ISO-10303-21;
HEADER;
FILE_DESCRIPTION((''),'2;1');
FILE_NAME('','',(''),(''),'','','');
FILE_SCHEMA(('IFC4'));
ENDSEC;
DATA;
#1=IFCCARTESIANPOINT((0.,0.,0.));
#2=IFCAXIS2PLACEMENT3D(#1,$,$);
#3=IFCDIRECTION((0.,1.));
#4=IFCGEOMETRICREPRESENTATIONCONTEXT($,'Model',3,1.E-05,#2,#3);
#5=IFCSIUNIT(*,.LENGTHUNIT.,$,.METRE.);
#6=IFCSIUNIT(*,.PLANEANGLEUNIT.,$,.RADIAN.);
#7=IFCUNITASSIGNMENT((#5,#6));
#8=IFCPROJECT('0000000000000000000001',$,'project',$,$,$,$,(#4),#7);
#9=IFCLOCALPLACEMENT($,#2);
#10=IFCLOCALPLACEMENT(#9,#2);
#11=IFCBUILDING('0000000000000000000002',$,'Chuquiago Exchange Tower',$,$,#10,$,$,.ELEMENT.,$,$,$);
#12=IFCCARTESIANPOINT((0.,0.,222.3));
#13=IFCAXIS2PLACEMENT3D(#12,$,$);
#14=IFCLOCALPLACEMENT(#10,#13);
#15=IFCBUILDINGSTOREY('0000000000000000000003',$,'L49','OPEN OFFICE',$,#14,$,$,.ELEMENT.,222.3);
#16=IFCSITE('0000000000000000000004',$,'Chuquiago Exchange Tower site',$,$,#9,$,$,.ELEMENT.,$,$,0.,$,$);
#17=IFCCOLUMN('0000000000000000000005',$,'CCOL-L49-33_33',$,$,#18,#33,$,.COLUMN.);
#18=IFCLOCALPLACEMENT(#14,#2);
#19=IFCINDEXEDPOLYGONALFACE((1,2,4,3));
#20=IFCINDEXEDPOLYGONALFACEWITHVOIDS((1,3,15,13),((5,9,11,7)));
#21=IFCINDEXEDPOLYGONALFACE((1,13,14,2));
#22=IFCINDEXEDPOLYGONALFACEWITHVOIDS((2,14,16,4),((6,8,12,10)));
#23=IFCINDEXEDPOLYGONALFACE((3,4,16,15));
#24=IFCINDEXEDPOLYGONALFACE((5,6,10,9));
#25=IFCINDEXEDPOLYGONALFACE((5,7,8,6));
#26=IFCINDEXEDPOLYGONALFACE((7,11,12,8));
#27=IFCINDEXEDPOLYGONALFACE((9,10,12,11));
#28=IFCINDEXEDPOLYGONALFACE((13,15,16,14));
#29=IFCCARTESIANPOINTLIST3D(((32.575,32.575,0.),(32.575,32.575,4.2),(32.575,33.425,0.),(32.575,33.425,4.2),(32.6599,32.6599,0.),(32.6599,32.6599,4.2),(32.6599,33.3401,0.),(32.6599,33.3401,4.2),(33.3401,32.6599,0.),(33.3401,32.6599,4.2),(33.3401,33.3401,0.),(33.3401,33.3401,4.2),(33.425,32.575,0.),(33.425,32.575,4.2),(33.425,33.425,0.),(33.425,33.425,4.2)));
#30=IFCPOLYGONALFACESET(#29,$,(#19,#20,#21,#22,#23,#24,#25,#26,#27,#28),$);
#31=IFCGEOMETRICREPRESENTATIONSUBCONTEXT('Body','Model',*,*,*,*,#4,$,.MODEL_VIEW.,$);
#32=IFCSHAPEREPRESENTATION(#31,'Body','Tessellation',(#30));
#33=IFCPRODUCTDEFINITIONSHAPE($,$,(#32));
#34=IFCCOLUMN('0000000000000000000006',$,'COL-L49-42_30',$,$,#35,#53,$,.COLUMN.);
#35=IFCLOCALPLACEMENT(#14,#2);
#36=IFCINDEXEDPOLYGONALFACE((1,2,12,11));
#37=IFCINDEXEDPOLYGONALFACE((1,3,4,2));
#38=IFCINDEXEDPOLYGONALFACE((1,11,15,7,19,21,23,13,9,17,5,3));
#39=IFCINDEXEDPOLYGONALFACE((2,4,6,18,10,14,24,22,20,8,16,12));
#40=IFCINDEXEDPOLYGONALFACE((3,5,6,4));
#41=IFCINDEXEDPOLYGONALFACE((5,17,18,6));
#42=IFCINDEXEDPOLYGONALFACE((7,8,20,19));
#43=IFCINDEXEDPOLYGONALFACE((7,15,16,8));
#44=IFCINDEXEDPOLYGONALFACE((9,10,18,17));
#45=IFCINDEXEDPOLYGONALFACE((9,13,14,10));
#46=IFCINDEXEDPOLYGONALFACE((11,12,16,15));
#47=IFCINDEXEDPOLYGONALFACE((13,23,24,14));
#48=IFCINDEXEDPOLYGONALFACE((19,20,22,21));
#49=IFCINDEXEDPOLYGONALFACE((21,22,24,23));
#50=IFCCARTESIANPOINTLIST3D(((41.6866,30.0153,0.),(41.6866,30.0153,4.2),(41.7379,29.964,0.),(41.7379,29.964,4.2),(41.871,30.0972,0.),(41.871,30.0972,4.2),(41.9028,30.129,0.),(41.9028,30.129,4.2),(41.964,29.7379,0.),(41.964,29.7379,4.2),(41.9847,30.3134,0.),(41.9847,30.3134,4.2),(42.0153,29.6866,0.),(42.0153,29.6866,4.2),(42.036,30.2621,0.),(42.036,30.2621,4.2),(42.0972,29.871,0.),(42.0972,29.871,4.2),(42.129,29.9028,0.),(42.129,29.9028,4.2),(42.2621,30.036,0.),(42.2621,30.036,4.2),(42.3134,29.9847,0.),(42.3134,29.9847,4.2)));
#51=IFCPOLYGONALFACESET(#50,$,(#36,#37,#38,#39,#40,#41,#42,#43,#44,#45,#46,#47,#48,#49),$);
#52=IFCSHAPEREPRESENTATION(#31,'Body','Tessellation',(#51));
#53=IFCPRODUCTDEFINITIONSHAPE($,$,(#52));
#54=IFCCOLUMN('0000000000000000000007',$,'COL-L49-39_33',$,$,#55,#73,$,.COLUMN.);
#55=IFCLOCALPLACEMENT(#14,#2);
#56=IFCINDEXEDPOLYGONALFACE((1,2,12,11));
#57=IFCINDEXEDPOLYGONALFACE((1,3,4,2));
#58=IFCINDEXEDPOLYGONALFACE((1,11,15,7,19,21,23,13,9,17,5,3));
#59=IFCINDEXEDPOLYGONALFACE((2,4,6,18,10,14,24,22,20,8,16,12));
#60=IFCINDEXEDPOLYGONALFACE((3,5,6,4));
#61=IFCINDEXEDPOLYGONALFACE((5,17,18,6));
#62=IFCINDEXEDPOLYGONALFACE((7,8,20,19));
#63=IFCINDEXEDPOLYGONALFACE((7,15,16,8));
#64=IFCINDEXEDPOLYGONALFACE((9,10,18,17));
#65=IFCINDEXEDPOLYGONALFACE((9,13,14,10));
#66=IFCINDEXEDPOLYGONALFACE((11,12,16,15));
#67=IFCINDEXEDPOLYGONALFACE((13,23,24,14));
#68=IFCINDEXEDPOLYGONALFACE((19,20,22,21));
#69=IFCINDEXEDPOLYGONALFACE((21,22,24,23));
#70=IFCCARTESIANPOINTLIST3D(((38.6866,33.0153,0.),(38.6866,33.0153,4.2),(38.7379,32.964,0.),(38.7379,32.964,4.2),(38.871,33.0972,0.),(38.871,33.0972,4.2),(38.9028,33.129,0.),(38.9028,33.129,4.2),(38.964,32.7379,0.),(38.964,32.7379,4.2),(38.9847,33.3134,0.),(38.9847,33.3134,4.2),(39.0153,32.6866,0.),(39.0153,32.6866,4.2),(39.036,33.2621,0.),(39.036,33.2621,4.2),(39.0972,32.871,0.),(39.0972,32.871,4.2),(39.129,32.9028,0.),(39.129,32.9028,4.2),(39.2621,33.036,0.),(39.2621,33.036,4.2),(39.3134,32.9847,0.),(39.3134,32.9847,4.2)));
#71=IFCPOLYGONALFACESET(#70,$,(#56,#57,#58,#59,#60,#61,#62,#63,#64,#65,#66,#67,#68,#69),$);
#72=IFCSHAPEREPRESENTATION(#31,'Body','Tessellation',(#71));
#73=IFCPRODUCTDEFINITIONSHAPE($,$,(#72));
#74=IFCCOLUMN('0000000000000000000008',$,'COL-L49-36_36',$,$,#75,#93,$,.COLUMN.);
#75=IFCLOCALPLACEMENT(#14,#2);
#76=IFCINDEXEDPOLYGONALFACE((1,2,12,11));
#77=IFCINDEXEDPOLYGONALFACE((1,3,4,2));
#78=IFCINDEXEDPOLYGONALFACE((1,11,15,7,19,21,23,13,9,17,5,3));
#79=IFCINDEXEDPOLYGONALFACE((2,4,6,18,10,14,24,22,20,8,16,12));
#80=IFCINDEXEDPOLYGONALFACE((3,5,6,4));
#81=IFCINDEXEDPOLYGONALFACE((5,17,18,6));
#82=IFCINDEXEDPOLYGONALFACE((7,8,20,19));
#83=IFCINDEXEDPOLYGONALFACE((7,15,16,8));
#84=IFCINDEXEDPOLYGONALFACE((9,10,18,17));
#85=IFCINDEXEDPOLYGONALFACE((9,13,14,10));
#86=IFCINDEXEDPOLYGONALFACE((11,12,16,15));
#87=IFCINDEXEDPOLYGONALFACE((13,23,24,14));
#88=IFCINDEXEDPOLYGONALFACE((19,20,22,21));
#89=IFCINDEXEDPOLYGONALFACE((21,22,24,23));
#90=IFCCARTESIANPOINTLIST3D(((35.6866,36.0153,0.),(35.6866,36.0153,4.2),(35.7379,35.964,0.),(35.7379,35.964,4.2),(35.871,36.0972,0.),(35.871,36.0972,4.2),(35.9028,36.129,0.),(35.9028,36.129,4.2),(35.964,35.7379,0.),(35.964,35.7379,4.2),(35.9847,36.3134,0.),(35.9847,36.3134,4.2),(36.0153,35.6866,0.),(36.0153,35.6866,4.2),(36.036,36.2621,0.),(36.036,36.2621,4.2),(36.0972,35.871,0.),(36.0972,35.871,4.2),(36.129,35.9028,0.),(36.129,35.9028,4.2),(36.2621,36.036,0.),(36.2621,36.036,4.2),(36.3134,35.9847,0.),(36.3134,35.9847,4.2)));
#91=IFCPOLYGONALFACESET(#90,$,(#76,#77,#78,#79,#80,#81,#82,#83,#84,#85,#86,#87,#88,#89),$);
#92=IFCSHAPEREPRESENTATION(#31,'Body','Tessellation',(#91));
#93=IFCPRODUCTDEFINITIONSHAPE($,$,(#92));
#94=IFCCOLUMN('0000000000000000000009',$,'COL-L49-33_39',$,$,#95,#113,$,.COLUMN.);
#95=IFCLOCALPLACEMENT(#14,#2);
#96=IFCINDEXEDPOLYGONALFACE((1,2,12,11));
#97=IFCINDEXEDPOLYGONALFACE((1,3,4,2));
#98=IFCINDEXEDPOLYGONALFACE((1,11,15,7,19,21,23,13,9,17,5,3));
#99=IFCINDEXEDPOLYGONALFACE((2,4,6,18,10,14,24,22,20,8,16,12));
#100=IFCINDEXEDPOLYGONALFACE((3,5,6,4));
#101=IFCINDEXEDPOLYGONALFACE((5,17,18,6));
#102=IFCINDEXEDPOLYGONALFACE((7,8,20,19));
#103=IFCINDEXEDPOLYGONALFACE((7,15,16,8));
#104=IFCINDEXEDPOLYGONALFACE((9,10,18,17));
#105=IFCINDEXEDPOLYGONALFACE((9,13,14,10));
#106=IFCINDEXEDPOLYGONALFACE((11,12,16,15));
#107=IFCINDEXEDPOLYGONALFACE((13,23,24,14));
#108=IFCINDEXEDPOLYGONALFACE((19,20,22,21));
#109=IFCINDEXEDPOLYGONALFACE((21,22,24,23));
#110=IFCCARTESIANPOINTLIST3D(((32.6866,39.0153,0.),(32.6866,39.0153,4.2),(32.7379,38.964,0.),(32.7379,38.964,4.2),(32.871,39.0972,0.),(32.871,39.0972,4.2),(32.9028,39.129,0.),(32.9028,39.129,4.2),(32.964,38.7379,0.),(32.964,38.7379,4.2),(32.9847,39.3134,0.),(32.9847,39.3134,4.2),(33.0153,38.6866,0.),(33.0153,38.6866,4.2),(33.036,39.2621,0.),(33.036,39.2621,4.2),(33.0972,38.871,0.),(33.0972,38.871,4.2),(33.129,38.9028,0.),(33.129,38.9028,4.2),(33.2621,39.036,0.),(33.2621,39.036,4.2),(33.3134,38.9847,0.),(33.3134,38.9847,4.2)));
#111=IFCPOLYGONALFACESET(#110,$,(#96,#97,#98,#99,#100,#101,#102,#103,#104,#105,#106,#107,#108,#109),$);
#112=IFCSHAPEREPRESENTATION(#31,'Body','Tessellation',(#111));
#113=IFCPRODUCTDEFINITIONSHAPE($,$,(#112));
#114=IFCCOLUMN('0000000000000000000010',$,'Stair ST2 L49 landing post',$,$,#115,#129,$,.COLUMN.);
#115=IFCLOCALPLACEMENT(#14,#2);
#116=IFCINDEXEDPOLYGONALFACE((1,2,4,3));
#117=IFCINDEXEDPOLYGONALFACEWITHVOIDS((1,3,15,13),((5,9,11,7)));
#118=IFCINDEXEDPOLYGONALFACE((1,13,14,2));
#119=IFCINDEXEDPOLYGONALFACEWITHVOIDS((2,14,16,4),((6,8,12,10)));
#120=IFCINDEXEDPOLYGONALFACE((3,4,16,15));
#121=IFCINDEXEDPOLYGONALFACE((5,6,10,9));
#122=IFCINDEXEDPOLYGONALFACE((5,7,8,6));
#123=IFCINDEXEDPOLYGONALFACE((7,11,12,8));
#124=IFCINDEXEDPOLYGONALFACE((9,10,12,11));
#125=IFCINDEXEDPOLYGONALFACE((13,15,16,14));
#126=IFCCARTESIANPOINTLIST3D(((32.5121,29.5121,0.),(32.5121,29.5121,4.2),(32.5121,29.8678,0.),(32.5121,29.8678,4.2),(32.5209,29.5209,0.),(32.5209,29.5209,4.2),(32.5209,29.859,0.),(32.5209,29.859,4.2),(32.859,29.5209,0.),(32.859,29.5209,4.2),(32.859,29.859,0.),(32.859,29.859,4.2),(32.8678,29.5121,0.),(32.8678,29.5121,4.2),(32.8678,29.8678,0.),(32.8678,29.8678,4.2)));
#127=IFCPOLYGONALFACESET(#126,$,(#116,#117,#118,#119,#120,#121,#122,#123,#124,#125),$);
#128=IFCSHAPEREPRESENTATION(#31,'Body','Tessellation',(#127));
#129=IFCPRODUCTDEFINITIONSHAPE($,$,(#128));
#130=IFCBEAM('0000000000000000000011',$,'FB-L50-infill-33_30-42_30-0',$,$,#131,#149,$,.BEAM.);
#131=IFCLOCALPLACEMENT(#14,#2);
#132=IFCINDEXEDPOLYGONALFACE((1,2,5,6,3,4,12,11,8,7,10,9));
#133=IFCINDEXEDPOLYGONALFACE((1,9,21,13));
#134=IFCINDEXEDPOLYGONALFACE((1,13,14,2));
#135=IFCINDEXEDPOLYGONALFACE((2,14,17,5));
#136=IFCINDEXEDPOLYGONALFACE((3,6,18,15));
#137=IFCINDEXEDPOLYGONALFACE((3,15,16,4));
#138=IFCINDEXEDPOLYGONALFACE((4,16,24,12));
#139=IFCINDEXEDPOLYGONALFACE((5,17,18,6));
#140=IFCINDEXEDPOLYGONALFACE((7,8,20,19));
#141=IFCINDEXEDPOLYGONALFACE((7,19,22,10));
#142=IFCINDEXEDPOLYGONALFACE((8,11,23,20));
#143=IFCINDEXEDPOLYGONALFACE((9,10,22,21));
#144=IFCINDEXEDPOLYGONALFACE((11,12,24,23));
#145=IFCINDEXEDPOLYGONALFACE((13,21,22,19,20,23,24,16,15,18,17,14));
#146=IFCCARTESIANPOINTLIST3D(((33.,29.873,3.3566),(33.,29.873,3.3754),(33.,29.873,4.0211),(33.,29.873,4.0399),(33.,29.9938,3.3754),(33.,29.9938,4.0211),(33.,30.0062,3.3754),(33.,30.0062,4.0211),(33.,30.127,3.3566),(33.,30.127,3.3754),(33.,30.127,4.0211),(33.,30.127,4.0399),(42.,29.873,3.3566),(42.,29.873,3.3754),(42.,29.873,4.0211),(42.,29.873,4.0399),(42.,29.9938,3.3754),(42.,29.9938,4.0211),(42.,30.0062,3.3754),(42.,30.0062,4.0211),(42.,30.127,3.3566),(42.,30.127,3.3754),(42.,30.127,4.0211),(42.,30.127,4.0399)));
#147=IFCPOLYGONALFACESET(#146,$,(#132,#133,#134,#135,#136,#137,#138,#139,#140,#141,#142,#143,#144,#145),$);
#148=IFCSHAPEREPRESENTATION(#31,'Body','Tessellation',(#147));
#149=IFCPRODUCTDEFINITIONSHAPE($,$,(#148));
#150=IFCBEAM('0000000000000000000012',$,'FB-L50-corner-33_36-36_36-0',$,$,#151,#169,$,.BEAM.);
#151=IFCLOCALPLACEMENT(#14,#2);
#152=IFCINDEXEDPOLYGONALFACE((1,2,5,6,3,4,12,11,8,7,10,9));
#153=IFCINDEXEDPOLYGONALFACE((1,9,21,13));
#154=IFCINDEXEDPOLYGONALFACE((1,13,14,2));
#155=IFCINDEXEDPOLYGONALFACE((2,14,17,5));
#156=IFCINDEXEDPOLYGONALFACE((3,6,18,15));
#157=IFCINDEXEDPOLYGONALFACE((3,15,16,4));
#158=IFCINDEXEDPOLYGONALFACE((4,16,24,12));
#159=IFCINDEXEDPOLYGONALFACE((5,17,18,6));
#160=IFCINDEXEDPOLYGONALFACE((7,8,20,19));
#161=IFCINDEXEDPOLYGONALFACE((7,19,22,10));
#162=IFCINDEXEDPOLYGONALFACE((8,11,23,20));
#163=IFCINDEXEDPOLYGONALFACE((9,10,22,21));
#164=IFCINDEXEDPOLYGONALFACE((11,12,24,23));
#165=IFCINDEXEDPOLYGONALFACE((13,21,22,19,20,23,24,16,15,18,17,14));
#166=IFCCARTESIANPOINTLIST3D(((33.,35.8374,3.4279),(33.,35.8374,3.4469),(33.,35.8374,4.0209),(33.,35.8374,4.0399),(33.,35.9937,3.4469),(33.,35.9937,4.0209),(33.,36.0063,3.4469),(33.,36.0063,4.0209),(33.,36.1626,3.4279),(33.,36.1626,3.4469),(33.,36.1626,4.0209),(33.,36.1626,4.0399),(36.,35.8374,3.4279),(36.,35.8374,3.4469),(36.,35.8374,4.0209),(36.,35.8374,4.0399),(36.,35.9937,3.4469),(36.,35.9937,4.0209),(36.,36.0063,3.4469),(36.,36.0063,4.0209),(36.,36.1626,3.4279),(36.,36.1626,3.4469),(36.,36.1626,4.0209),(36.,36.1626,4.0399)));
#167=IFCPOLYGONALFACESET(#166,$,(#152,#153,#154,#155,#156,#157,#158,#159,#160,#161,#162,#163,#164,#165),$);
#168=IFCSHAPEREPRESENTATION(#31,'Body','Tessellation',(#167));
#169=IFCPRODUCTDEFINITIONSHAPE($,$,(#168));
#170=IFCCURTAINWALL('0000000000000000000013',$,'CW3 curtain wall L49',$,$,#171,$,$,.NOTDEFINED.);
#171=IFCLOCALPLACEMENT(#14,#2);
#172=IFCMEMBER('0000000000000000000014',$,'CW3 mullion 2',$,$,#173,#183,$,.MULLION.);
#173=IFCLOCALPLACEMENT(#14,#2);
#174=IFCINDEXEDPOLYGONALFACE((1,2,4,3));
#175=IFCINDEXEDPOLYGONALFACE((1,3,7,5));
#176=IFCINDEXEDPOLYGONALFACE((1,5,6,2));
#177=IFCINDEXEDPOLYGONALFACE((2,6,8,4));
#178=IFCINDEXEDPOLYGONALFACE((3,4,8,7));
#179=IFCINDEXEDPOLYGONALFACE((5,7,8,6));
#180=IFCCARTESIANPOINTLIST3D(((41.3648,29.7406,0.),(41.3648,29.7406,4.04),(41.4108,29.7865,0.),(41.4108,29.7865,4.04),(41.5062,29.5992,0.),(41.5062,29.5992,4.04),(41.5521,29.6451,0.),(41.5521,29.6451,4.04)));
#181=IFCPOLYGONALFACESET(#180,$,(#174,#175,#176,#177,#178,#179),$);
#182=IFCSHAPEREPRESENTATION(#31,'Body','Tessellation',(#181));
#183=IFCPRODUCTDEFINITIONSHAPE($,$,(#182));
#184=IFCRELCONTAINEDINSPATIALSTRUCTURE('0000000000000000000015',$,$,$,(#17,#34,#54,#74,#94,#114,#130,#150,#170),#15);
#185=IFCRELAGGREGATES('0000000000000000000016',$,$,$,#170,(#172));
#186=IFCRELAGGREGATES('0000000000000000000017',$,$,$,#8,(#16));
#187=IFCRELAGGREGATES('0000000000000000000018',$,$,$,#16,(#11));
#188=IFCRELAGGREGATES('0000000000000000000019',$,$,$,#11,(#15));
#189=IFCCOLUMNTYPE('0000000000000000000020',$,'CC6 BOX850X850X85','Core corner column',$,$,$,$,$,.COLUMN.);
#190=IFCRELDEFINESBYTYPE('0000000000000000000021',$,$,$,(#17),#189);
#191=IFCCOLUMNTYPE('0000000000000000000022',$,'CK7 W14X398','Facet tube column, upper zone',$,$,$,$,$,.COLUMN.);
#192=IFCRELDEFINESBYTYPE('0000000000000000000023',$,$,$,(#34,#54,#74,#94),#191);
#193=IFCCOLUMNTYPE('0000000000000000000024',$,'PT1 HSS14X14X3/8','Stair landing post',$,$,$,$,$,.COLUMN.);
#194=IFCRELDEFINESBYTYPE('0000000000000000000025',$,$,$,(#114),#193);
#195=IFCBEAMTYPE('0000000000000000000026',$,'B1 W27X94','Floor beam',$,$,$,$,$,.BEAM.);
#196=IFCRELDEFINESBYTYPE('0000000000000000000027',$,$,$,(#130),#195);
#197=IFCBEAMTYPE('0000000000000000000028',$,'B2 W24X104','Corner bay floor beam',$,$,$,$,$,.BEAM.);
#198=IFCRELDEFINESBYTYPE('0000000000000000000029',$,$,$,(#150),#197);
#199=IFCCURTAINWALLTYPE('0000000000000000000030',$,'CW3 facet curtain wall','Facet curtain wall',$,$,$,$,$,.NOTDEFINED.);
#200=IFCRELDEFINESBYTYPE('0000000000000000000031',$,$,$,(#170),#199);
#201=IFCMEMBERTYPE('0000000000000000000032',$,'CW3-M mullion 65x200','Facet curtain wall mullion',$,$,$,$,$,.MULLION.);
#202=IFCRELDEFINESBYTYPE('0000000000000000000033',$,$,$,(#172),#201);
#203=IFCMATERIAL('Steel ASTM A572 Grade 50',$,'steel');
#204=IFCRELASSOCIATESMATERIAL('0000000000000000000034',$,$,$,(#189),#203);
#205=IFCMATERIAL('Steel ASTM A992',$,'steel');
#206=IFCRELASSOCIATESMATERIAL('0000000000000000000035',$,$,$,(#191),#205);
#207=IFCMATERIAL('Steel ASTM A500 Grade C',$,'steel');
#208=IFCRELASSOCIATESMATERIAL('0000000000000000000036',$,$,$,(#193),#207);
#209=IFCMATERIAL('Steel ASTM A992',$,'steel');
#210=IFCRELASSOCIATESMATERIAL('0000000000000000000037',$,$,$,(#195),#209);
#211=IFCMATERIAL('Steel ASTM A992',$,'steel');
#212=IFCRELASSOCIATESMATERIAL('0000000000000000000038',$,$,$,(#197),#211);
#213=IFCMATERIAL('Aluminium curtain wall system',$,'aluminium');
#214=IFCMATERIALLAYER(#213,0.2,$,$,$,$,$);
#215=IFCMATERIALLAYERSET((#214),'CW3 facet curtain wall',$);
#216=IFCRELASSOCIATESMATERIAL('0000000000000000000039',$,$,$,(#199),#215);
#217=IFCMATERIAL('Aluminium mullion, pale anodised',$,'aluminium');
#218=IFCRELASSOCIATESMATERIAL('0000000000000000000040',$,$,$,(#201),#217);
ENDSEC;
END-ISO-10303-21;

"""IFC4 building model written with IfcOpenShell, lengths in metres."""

from ifc_helpers import new_model, si_unit, direction, frame, origin, origin_2d, place, context, subcontext, project, spatial, rectangle, hollow_rectangle, i_section, extrude, material, layer, layer_set, material_profile, profile_set, type_object, element, aggregate, save


model = new_model("IFC4")

# Units and contexts
model_context = context("Model", 3, precision=1e-05, world=origin(), true_north=direction((0.0, 1.0)))
body_context = subcontext(model_context, "Body", "Model", "MODEL_VIEW")
ifc_project = project(units=[si_unit("LENGTHUNIT", "METRE"), si_unit("PLANEANGLEUNIT", "RADIAN")], contexts=[model_context])

# Site, building, storey
site_placement = place(None, origin())
site = spatial("IfcSite", under=ifc_project, at=site_placement, Name="Chuquiago Exchange Tower site", CompositionType="ELEMENT", RefElevation=0.0)
building_placement = place(site_placement, origin())
building = spatial("IfcBuilding", under=site, at=building_placement, Name="Chuquiago Exchange Tower", CompositionType="ELEMENT")
storey_placement = place(building_placement, frame((0.0, 0.0, 222.3)))
storey = spatial("IfcBuildingStorey", under=building, at=storey_placement, Name="L49", Description="OPEN OFFICE", CompositionType="ELEMENT", Elevation=222.3)

# Columns
ifc_material_1 = material(Name="Steel ASTM A572 Grade 50", Category="steel")
ifc_material_profile_1 = material_profile(ifc_material_1, hollow_rectangle(XDim=0.8501, YDim=0.8501, WallThickness=0.085, at=origin_2d()), Name="BOX850X850X85")
ifc_profile_set_1 = profile_set([ifc_material_profile_1], Name="Steel ASTM A572 Grade 50")
column_type_1 = type_object("IfcColumnType", Name="CC6 BOX850X850X85", Description="Core corner column", PredefinedType="COLUMN", material=ifc_profile_set_1)
column_1_placement = place(storey_placement, frame((33.0, 33.0, 0.0), z_axis=(0.0, 0.0, 1.0), x_axis=(1.0, 0.0, 0.0)))
element("IfcColumn", 1, at=column_1_placement, inside=storey, type_object=column_type_1, Name="CCOL-L49-33_33", PredefinedType="COLUMN", context=body_context, shape_type="SweptSolid", body=[
    extrude(hollow_rectangle(XDim=0.8501, YDim=0.8501, WallThickness=0.085, at=origin_2d()), origin(), (0.0, 0.0, 1.0), 4.2),
])
ifc_material_2 = material(Name="Steel ASTM A992", Category="steel")
ifc_material_profile_2 = material_profile(ifc_material_2, i_section(OverallWidth=0.4216, OverallDepth=0.4648, WebThickness=0.0449, FlangeThickness=0.0725, at=origin_2d()), Name="W14X398")
ifc_profile_set_2 = profile_set([ifc_material_profile_2], Name="Steel ASTM A992")
column_type_2 = type_object("IfcColumnType", Name="CK7 W14X398", Description="Facet tube column, upper zone", PredefinedType="COLUMN", material=ifc_profile_set_2)
for number, where, z_axis, x_axis, name in (
    (2, (42.0, 30.0, 0.0), (0.0, 0.0, 1.0), (0.707107, 0.707107, 0.0), "COL-L49-42_30"),
    (3, (39.0, 33.0, 0.0), (0.0, 0.0, 1.0), (0.707107, 0.707107, 0.0), "COL-L49-39_33"),
    (4, (36.0, 36.0, 0.0), (0.0, 0.0, 1.0), (0.707107, 0.707107, 0.0), "COL-L49-36_36"),
    (5, (33.0, 39.0, 0.0), (0.0, 0.0, 1.0), (0.707107, 0.707107, 0.0), "COL-L49-33_39"),
):
    element("IfcColumn", number, at=place(storey_placement, frame(where, z_axis=z_axis, x_axis=x_axis)), inside=storey, type_object=column_type_2, Name=name, PredefinedType="COLUMN", context=body_context, shape_type="SweptSolid", body=[
        extrude(i_section(OverallWidth=0.4216, OverallDepth=0.4648, WebThickness=0.0449, FlangeThickness=0.0725, at=origin_2d()), origin(), (0.0, 0.0, 1.0), 4.2),
    ])
ifc_material_3 = material(Name="Steel ASTM A500 Grade C", Category="steel")
ifc_material_profile_3 = material_profile(ifc_material_3, hollow_rectangle(XDim=0.3557, YDim=0.3557, WallThickness=0.0088, at=origin_2d()), Name="HSS14X14X3/8")
ifc_profile_set_3 = profile_set([ifc_material_profile_3], Name="Steel ASTM A500 Grade C")
column_type_3 = type_object("IfcColumnType", Name="PT1 HSS14X14X3/8", Description="Stair landing post", PredefinedType="COLUMN", material=ifc_profile_set_3)
column_2_placement = place(storey_placement, frame((32.6899, 29.6899, 0.0), z_axis=(0.0, 0.0, 1.0), x_axis=(1.0, 0.0, 0.0)))
element("IfcColumn", 6, at=column_2_placement, inside=storey, type_object=column_type_3, Name="Stair ST2 L49 landing post", PredefinedType="COLUMN", context=body_context, shape_type="SweptSolid", body=[
    extrude(hollow_rectangle(XDim=0.3557, YDim=0.3557, WallThickness=0.0088, at=origin_2d()), origin(), (0.0, 0.0, 1.0), 4.2),
])

# Beams
ifc_material_4 = material(Name="Steel ASTM A992", Category="steel")
ifc_material_profile_4 = material_profile(ifc_material_4, i_section(OverallWidth=0.2539, OverallDepth=0.6833, WebThickness=0.0125, FlangeThickness=0.0188, at=origin_2d()), Name="W27X94")
ifc_profile_set_4 = profile_set([ifc_material_profile_4], Name="Steel ASTM A992")
beam_type_1 = type_object("IfcBeamType", Name="B1 W27X94", Description="Floor beam", PredefinedType="BEAM", material=ifc_profile_set_4)
beam_1_placement = place(storey_placement, frame((33.0, 30.0, 3.6982), z_axis=(1.0, 0.0, 0.0), x_axis=(0.0, 1.0, 0.0)))
element("IfcBeam", 7, at=beam_1_placement, inside=storey, type_object=beam_type_1, Name="FB-L50-infill-33_30-42_30-0", PredefinedType="BEAM", context=body_context, shape_type="SweptSolid", body=[
    extrude(i_section(OverallWidth=0.2539, OverallDepth=0.6833, WebThickness=0.0125, FlangeThickness=0.0188, at=origin_2d()), origin(), (0.0, 0.0, 1.0), 9.0),
])
ifc_material_5 = material(Name="Steel ASTM A992", Category="steel")
ifc_material_profile_5 = material_profile(ifc_material_5, i_section(OverallWidth=0.3252, OverallDepth=0.6121, WebThickness=0.0127, FlangeThickness=0.019, at=origin_2d()), Name="W24X104")
ifc_profile_set_5 = profile_set([ifc_material_profile_5], Name="Steel ASTM A992")
beam_type_2 = type_object("IfcBeamType", Name="B2 W24X104", Description="Corner bay floor beam", PredefinedType="BEAM", material=ifc_profile_set_5)
beam_2_placement = place(storey_placement, frame((33.0, 36.0, 3.7339), z_axis=(1.0, 0.0, 0.0), x_axis=(0.0, 1.0, 0.0)))
element("IfcBeam", 8, at=beam_2_placement, inside=storey, type_object=beam_type_2, Name="FB-L50-corner-33_36-36_36-0", PredefinedType="BEAM", context=body_context, shape_type="SweptSolid", body=[
    extrude(i_section(OverallWidth=0.3252, OverallDepth=0.6121, WebThickness=0.0127, FlangeThickness=0.019, at=origin_2d()), origin(), (0.0, 0.0, 1.0), 3.0),
])

# Curtain wall, member
ifc_material_6 = material(Name="Aluminium curtain wall system", Category="aluminium")
ifc_layer_1 = layer(ifc_material_6, 0.2)
ifc_layer_set_1 = layer_set([ifc_layer_1], Name="CW3 facet curtain wall")
curtain_wall_type = type_object("IfcCurtainWallType", Name="CW3 facet curtain wall", Description="Facet curtain wall", PredefinedType="NOTDEFINED", material=ifc_layer_set_1)
curtain_wall_placement = place(storey_placement, origin())
curtain_wall = element("IfcCurtainWall", 9, at=curtain_wall_placement, inside=storey, type_object=curtain_wall_type, Name="CW3 curtain wall L49", PredefinedType="NOTDEFINED")
ifc_material_7 = material(Name="Aluminium mullion, pale anodised", Category="aluminium")
ifc_material_profile_6 = material_profile(ifc_material_7, rectangle(XDim=0.0649, YDim=0.2, at=origin_2d()), Name="AL 65x200")
ifc_profile_set_6 = profile_set([ifc_material_profile_6], Name="Aluminium mullion, pale anodised")
member_type_1 = type_object("IfcMemberType", Name="CW3-M mullion 65x200", Description="Facet curtain wall mullion", PredefinedType="MULLION", material=ifc_profile_set_6)
member_1_placement = place(storey_placement, frame((41.4585, 29.6929, 0.0), z_axis=(0.0, 0.0, 1.0), x_axis=(-0.707107, -0.707107, 0.0)))
member_1 = element("IfcMember", 10, at=member_1_placement, type_object=member_type_1, Name="CW3 mullion 2", PredefinedType="MULLION", context=body_context, shape_type="SweptSolid", body=[
    extrude(rectangle(XDim=0.0649, YDim=0.2, at=origin_2d()), origin(), (0.0, 0.0, 1.0), 4.04),
])

aggregate(curtain_wall, [member_1])

save(model, "model.ifc")
